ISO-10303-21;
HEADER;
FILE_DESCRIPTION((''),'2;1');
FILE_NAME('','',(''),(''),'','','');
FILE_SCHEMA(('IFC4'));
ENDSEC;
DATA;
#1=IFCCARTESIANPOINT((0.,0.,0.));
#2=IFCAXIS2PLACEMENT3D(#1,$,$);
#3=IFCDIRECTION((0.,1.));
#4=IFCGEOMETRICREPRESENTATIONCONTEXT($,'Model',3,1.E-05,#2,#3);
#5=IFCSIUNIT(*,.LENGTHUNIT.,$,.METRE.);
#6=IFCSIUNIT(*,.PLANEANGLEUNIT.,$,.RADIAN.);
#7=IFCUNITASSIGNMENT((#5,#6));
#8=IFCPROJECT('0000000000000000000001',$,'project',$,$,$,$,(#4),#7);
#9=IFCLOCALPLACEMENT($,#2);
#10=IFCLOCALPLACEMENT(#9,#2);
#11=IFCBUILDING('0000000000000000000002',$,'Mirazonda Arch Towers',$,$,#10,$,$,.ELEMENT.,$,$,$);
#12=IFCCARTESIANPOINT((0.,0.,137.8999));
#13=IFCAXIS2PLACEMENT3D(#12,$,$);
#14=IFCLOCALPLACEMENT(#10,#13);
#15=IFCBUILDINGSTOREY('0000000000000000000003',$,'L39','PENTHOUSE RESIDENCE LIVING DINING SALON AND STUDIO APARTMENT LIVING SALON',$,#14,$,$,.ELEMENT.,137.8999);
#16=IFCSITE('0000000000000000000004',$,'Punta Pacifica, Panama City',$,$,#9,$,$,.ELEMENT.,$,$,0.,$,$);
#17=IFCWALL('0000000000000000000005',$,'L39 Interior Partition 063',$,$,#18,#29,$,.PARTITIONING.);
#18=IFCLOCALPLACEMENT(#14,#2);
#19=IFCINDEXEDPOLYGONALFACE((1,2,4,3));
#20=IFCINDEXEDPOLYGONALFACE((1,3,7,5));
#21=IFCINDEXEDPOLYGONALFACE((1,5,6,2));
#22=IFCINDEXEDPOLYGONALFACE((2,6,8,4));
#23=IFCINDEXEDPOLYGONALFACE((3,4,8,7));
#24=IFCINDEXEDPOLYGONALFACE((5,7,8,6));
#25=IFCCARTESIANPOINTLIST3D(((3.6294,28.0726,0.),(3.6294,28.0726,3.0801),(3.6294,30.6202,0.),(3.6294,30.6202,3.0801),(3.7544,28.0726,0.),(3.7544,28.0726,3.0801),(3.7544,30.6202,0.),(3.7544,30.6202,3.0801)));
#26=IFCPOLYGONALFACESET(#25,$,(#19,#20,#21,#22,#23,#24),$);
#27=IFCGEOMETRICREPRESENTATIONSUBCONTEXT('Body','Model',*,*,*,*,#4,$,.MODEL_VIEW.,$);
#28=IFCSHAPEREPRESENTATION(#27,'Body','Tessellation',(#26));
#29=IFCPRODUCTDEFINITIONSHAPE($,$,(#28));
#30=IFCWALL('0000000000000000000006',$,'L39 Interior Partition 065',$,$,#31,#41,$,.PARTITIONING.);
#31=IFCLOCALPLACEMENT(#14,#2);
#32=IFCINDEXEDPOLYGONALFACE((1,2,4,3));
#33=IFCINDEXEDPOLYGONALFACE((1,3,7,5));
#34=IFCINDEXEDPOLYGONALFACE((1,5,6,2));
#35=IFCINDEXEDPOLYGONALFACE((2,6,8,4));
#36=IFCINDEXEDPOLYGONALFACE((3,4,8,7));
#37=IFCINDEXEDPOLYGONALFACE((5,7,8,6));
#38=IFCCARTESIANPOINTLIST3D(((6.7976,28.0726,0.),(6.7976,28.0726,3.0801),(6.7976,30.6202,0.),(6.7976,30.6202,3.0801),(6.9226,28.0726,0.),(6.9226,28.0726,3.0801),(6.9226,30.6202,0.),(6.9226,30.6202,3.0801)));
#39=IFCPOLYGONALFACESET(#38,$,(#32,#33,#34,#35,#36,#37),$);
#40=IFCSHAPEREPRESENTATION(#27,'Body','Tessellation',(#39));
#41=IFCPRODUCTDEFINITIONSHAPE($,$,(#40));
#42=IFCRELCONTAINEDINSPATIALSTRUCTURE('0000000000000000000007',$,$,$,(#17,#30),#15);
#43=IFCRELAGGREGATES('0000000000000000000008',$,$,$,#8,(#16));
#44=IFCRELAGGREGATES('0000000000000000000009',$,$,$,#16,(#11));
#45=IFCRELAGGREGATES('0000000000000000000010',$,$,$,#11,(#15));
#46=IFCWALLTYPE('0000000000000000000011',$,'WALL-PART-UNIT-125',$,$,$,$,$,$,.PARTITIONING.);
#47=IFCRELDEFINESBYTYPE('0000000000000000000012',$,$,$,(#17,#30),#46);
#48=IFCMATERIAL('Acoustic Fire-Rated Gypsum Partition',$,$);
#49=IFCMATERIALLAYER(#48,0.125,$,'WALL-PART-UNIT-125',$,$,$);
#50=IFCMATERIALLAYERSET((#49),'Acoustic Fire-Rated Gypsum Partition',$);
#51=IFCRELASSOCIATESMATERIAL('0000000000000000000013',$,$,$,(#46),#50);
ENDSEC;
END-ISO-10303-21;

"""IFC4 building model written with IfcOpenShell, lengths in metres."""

from ifc_helpers import new_model, si_unit, direction, frame, frame_2d, origin, place, context, subcontext, project, spatial, rectangle, extrude, material, layer, layer_set, type_object, element, save


model = new_model("IFC4")

# Units and contexts
model_context = context("Model", 3, precision=1e-05, world=origin(), true_north=direction((0.0, 1.0)))
body_context = subcontext(model_context, "Body", "Model", "MODEL_VIEW")
ifc_project = project(units=[si_unit("LENGTHUNIT", "METRE"), si_unit("PLANEANGLEUNIT", "RADIAN")], contexts=[model_context])

# Site, building, storey
site_placement = place(None, origin())
site = spatial("IfcSite", under=ifc_project, at=site_placement, Name="Punta Pacifica, Panama City", CompositionType="ELEMENT", RefElevation=0.0)
building_placement = place(site_placement, origin())
building = spatial("IfcBuilding", under=site, at=building_placement, Name="Mirazonda Arch Towers", CompositionType="ELEMENT")
storey_placement = place(building_placement, frame((0.0, 0.0, 137.8999)))
storey = spatial("IfcBuildingStorey", under=building, at=storey_placement, Name="L39", Description="PENTHOUSE RESIDENCE LIVING DINING SALON AND STUDIO APARTMENT LIVING SALON", CompositionType="ELEMENT", Elevation=137.8999)

# Walls
ifc_material_1 = material(Name="Acoustic Fire-Rated Gypsum Partition")
ifc_layer_1 = layer(ifc_material_1, 0.125, Name="WALL-PART-UNIT-125")
ifc_layer_set_1 = layer_set([ifc_layer_1], Name="Acoustic Fire-Rated Gypsum Partition")
wall_type_1 = type_object("IfcWallType", Name="WALL-PART-UNIT-125", PredefinedType="PARTITIONING", material=ifc_layer_set_1)
for number, where, z_axis, x_axis, name in (
    (1, (3.6919, 28.0725, 0.0), (0.0, 0.0, 1.0), (0.0, 1.0, 0.0), "L39 Interior Partition 063"),
    (2, (6.8601, 28.0725, 0.0), (0.0, 0.0, 1.0), (0.0, 1.0, 0.0), "L39 Interior Partition 065"),
):
    element("IfcWall", number, at=place(storey_placement, frame(where, z_axis=z_axis, x_axis=x_axis)), inside=storey, type_object=wall_type_1, Name=name, PredefinedType="PARTITIONING", context=body_context, shape_type="SweptSolid", body=[
        extrude(rectangle(XDim=2.5476, YDim=0.125, at=frame_2d((1.2739, 0.0))), origin(), (0.0, 0.0, 1.0), 3.0801),
    ])

save(model, "model.ifc")
